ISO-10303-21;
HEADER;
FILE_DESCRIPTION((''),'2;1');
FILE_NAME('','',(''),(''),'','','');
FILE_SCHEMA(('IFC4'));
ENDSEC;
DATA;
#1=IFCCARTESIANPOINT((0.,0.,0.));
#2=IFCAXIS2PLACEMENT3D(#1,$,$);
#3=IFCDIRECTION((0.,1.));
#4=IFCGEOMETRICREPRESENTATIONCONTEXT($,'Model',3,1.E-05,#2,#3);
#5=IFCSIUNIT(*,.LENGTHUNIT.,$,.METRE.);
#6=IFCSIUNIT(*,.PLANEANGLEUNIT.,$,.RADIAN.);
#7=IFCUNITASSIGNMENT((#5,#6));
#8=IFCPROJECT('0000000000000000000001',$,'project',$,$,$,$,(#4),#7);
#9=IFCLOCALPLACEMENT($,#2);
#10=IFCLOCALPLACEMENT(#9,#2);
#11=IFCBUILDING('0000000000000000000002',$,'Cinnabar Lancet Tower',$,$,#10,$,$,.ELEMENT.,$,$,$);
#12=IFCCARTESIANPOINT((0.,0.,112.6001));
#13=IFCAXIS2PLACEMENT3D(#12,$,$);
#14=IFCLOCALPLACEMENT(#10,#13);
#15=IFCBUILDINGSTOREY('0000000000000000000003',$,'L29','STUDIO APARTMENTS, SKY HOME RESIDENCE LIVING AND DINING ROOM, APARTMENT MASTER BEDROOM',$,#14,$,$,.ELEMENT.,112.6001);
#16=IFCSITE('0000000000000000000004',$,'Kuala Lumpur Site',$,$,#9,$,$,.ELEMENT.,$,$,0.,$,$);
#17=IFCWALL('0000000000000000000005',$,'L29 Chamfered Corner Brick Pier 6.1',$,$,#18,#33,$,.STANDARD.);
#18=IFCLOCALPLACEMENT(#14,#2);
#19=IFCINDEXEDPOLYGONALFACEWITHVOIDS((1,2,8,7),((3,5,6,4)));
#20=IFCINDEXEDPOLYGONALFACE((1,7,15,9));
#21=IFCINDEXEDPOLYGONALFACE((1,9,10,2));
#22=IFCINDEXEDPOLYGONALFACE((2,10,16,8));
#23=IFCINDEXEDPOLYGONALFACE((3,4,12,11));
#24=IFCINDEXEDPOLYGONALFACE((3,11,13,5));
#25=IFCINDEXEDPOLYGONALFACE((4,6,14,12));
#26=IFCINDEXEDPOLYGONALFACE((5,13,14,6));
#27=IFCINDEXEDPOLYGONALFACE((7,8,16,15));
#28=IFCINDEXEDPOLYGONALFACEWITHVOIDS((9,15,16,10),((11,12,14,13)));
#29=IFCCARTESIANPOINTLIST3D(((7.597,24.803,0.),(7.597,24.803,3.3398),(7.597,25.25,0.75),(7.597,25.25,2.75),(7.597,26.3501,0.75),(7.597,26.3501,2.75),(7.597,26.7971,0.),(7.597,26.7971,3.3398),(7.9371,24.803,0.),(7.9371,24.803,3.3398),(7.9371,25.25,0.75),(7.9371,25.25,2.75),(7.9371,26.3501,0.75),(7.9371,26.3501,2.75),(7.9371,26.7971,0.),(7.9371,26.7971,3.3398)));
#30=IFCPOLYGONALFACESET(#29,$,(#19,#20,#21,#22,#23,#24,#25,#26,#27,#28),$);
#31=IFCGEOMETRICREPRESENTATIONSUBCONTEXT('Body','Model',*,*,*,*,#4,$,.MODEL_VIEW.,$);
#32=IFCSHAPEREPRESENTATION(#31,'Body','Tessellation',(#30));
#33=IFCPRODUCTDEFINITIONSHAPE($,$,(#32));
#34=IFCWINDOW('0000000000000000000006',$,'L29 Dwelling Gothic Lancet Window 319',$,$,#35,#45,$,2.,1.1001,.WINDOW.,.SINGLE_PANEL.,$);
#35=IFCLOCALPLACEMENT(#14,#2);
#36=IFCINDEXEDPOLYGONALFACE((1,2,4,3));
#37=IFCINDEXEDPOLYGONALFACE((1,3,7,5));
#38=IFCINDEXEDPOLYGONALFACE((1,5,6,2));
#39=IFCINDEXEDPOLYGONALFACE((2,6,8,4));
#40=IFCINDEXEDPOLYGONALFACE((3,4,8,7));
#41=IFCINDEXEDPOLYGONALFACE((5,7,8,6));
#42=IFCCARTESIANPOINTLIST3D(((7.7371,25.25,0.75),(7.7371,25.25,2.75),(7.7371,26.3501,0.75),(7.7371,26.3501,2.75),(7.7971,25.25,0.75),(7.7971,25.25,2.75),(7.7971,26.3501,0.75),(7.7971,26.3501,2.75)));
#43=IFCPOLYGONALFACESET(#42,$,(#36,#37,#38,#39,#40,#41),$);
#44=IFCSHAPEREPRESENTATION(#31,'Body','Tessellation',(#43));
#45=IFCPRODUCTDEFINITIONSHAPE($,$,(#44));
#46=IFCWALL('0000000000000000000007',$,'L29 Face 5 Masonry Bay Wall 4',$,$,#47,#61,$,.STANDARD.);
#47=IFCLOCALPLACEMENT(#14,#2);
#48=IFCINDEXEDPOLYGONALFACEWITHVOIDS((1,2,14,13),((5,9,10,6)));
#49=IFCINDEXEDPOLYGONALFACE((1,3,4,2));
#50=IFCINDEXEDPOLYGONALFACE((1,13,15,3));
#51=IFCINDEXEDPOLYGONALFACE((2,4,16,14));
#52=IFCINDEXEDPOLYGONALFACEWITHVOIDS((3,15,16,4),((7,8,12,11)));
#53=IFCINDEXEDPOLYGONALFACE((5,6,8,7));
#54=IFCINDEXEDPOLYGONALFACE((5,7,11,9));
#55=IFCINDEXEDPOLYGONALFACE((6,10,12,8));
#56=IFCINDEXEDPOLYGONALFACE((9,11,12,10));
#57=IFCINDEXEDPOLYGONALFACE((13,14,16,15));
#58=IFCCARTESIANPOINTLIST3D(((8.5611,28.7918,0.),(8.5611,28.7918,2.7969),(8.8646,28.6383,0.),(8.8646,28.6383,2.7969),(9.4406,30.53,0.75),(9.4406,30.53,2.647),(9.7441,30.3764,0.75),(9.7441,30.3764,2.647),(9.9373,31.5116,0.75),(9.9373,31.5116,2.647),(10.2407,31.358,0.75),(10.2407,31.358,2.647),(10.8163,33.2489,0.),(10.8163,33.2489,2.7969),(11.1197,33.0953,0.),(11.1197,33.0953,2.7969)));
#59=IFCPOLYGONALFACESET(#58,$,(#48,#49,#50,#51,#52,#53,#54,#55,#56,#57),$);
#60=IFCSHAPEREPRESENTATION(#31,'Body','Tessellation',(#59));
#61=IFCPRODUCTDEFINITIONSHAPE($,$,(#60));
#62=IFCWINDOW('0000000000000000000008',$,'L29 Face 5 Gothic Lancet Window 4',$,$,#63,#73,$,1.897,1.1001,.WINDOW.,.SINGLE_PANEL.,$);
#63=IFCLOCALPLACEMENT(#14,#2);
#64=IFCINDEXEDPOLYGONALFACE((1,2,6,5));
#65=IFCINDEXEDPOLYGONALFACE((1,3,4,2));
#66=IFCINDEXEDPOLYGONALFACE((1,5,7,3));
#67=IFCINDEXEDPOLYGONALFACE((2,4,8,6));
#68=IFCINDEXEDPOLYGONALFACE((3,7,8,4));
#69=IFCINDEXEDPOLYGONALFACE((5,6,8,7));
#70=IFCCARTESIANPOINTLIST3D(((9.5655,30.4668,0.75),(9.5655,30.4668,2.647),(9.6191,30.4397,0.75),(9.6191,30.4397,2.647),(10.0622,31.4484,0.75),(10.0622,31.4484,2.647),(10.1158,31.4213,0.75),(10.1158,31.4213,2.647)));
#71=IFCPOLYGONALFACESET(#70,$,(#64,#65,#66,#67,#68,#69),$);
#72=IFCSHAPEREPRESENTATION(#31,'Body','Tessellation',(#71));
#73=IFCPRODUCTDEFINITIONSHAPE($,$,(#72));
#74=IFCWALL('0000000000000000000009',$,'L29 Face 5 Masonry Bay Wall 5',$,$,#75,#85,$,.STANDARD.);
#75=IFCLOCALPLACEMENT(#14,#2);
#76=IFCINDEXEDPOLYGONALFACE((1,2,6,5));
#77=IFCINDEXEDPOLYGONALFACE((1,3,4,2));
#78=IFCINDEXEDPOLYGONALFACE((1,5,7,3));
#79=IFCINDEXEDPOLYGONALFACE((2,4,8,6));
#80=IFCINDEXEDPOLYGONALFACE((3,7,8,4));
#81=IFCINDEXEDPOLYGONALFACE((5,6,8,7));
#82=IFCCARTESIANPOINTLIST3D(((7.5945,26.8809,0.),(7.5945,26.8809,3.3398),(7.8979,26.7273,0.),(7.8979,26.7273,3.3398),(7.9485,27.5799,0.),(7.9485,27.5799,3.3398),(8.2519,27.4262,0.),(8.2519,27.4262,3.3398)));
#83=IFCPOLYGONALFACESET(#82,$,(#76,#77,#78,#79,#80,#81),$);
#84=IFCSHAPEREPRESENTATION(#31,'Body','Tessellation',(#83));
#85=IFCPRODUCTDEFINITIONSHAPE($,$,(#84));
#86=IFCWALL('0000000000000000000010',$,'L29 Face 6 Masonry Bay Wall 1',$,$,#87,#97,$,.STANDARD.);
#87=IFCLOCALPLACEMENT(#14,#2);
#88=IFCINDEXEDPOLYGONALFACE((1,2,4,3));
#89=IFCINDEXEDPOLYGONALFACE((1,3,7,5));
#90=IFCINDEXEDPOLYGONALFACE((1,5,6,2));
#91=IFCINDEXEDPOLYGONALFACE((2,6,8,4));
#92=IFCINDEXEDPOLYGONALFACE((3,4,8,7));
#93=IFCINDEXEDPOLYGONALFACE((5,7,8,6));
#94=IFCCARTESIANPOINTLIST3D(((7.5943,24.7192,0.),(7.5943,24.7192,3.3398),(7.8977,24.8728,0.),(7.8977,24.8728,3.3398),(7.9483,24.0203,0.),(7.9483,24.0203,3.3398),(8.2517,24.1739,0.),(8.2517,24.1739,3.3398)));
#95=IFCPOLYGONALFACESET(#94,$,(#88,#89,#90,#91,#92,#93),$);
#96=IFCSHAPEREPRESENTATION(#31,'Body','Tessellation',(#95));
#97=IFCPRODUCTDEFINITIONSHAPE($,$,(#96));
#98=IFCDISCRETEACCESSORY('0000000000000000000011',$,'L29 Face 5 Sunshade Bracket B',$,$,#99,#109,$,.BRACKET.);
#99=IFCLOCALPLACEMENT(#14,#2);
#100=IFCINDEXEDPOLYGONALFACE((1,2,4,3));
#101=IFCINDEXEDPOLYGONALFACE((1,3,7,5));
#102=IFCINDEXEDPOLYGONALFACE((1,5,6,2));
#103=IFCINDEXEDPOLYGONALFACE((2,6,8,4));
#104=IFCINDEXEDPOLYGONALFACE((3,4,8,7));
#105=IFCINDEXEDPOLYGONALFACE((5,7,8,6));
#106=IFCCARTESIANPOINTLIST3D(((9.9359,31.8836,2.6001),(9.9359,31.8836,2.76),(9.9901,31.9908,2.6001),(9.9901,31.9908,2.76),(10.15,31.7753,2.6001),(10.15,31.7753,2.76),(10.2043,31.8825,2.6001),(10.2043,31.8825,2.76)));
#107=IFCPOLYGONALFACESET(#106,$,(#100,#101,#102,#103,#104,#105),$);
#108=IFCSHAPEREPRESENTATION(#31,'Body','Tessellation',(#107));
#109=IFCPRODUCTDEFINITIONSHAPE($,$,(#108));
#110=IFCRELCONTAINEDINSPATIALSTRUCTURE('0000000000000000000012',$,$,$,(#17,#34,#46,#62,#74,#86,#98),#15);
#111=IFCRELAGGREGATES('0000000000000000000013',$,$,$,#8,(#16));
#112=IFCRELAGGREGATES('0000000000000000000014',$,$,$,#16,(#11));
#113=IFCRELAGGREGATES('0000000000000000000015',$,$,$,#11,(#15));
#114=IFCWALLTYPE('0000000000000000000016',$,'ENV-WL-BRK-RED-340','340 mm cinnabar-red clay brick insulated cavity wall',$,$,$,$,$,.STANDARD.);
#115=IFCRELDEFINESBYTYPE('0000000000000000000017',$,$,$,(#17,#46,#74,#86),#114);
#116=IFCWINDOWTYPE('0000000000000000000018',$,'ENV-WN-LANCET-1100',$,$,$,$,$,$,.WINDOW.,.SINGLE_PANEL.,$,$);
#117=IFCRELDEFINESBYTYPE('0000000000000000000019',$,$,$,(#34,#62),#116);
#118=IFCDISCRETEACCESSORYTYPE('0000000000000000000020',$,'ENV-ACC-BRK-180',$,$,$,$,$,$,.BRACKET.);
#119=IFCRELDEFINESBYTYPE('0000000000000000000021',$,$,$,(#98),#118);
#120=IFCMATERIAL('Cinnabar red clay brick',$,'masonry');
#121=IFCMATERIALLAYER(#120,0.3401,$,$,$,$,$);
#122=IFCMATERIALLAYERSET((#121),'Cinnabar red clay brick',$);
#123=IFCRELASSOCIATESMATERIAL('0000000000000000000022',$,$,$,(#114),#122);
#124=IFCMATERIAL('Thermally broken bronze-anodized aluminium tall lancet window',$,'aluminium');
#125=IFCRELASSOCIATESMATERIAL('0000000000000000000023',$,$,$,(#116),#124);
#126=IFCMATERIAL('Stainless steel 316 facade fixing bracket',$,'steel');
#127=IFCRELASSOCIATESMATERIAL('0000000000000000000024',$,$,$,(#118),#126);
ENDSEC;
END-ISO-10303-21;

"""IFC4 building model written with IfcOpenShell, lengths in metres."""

from ifc_helpers import new_model, si_unit, direction, frame, frame_2d, origin, origin_2d, place, context, subcontext, project, spatial, rectangle, extrude, material, layer, layer_set, type_object, element, fill, save


model = new_model("IFC4")

# Units and contexts
model_context = context("Model", 3, precision=1e-05, world=origin(), true_north=direction((0.0, 1.0)))
body_context = subcontext(model_context, "Body", "Model", "MODEL_VIEW")
ifc_project = project(units=[si_unit("LENGTHUNIT", "METRE"), si_unit("PLANEANGLEUNIT", "RADIAN")], contexts=[model_context])

# Site, building, storey
site_placement = place(None, origin())
site = spatial("IfcSite", under=ifc_project, at=site_placement, Name="Kuala Lumpur Site", CompositionType="ELEMENT", RefElevation=0.0)
building_placement = place(site_placement, origin())
building = spatial("IfcBuilding", under=site, at=building_placement, Name="Cinnabar Lancet Tower", CompositionType="ELEMENT")
storey_placement = place(building_placement, frame((0.0, 0.0, 112.6001)))
storey = spatial("IfcBuildingStorey", under=building, at=storey_placement, Name="L29", Description="STUDIO APARTMENTS, SKY HOME RESIDENCE LIVING AND DINING ROOM, APARTMENT MASTER BEDROOM", CompositionType="ELEMENT", Elevation=112.6001)

# Walls, openings, windows
ifc_material_1 = material(Name="Cinnabar red clay brick", Category="masonry")
ifc_layer_1 = layer(ifc_material_1, 0.3401)
ifc_layer_set_1 = layer_set([ifc_layer_1], Name="Cinnabar red clay brick")
wall_type_1 = type_object("IfcWallType", Name="ENV-WL-BRK-RED-340", Description="340 mm cinnabar-red clay brick insulated cavity wall", PredefinedType="STANDARD", material=ifc_layer_set_1)
wall_1_placement = place(storey_placement, frame((7.7671, 26.7971, 0.0), z_axis=(0.0, 0.0, 1.0), x_axis=(0.0, -1.0, 0.0)))
wall_1 = element("IfcWall", 1, at=wall_1_placement, inside=storey, type_object=wall_type_1, Name="L29 Chamfered Corner Brick Pier 6.1", PredefinedType="STANDARD", context=body_context, shape_type="SweptSolid", body=[
    extrude(rectangle(XDim=1.9941, YDim=0.3401, at=frame_2d((0.9971, 0.0))), origin(), (0.0, 0.0, 1.0), 3.3398),
])
opening_1_placement = place(wall_1_placement, frame((0.447, 0.0, 0.75)))
opening_1 = element("IfcOpeningElement", 2, at=opening_1_placement, cuts=wall_1, PredefinedType="OPENING", context=body_context, shape_type="SweptSolid", body=[
    extrude(rectangle(XDim=1.1001, YDim=2.0, at=frame_2d((0.55, 1.0))), frame((0.0, 0.1799, 0.0), z_axis=(0.0, -1.0, 0.0), x_axis=(1.0, 0.0, 0.0)), (0.0, 0.0, 1.0), 0.3601),
])
ifc_material_2 = material(Name="Thermally broken bronze-anodized aluminium tall lancet window", Category="aluminium")
window_type = type_object("IfcWindowType", Name="ENV-WN-LANCET-1100", PartitioningType="SINGLE_PANEL", PredefinedType="WINDOW", material=ifc_material_2)
window_1_placement = place(opening_1_placement, origin())
window_1 = element("IfcWindow", 3, at=window_1_placement, inside=storey, type_object=window_type, Name="L29 Dwelling Gothic Lancet Window 319", OverallHeight=2.0, OverallWidth=1.1001, PartitioningType="SINGLE_PANEL", PredefinedType="WINDOW", context=body_context, shape_type="SweptSolid", body=[
    extrude(rectangle(XDim=1.1001, YDim=2.0, at=frame_2d((0.55, 1.0))), frame((0.0, 0.03, 0.0), z_axis=(0.0, -1.0, 0.0), x_axis=(1.0, 0.0, 0.0)), (0.0, 0.0, 1.0), 0.0601),
])
fill(opening_1, window_1)
wall_2_placement = place(storey_placement, frame((10.968, 33.1721, 0.0), z_axis=(0.0, 0.0, 1.0), x_axis=(-0.451471, -0.892286, 0.0)))
wall_2 = element("IfcWall", 4, at=wall_2_placement, inside=storey, type_object=wall_type_1, Name="L29 Face 5 Masonry Bay Wall 4", PredefinedType="STANDARD", context=body_context, shape_type="SweptSolid", body=[
    extrude(rectangle(XDim=4.9951, YDim=0.3401, at=frame_2d((2.4976, 0.0))), origin(), (0.0, 0.0, 1.0), 2.7969),
])
opening_2_placement = place(wall_2_placement, frame((1.947, 0.0, 0.75)))
opening_2 = element("IfcOpeningElement", 5, at=opening_2_placement, cuts=wall_2, PredefinedType="OPENING", context=body_context, shape_type="SweptSolid", body=[
    extrude(rectangle(XDim=1.1001, YDim=1.897, at=frame_2d((0.55, 0.9485))), frame((0.0, 0.1799, 0.0), z_axis=(0.0, -1.0, 0.0), x_axis=(1.0, 0.0, 0.0)), (0.0, 0.0, 1.0), 0.3601),
])
window_2_placement = place(opening_2_placement, origin())
window_2 = element("IfcWindow", 6, at=window_2_placement, inside=storey, type_object=window_type, Name="L29 Face 5 Gothic Lancet Window 4", OverallHeight=1.897, OverallWidth=1.1001, PartitioningType="SINGLE_PANEL", PredefinedType="WINDOW", context=body_context, shape_type="SweptSolid", body=[
    extrude(rectangle(XDim=1.1001, YDim=1.897, at=frame_2d((0.55, 0.9485))), frame((0.0, 0.03, 0.0), z_axis=(0.0, -1.0, 0.0), x_axis=(1.0, 0.0, 0.0)), (0.0, 0.0, 1.0), 0.0601),
])
fill(opening_2, window_2)

# Walls
for number, where, z_axis, x_axis, name in (
    (7, (8.1001, 27.5029, 0.0), (0.0, 0.0, 1.0), (-0.451819, -0.892109, 0.0), "L29 Face 5 Masonry Bay Wall 5"),
    (8, (7.7461, 24.7959, 0.0), (0.0, 0.0, 1.0), (0.451819, -0.892109, 0.0), "L29 Face 6 Masonry Bay Wall 1"),
):
    element("IfcWall", number, at=place(storey_placement, frame(where, z_axis=z_axis, x_axis=x_axis)), inside=storey, type_object=wall_type_1, Name=name, PredefinedType="STANDARD", context=body_context, shape_type="SweptSolid", body=[
        extrude(rectangle(XDim=0.7834, YDim=0.3401, at=frame_2d((0.3916, 0.0))), origin(), (0.0, 0.0, 1.0), 3.3398),
    ])

# Discrete accessory
ifc_material_3 = material(Name="Stainless steel 316 facade fixing bracket", Category="steel")
discrete_accessory_type = type_object("IfcDiscreteAccessoryType", Name="ENV-ACC-BRK-180", PredefinedType="BRACKET", material=ifc_material_3)
discrete_accessory_placement = place(storey_placement, frame((10.0701, 31.8831, 2.6001), z_axis=(0.0, 0.0, 1.0), x_axis=(-0.451454, -0.892294, 0.0)))
element("IfcDiscreteAccessory", 9, at=discrete_accessory_placement, inside=storey, type_object=discrete_accessory_type, Name="L29 Face 5 Sunshade Bracket B", PredefinedType="BRACKET", context=body_context, shape_type="SweptSolid", body=[
    extrude(rectangle(XDim=0.1201, YDim=0.24, at=origin_2d()), origin(), (0.0, 0.0, 1.0), 0.1599),
])

save(model, "model.ifc")
